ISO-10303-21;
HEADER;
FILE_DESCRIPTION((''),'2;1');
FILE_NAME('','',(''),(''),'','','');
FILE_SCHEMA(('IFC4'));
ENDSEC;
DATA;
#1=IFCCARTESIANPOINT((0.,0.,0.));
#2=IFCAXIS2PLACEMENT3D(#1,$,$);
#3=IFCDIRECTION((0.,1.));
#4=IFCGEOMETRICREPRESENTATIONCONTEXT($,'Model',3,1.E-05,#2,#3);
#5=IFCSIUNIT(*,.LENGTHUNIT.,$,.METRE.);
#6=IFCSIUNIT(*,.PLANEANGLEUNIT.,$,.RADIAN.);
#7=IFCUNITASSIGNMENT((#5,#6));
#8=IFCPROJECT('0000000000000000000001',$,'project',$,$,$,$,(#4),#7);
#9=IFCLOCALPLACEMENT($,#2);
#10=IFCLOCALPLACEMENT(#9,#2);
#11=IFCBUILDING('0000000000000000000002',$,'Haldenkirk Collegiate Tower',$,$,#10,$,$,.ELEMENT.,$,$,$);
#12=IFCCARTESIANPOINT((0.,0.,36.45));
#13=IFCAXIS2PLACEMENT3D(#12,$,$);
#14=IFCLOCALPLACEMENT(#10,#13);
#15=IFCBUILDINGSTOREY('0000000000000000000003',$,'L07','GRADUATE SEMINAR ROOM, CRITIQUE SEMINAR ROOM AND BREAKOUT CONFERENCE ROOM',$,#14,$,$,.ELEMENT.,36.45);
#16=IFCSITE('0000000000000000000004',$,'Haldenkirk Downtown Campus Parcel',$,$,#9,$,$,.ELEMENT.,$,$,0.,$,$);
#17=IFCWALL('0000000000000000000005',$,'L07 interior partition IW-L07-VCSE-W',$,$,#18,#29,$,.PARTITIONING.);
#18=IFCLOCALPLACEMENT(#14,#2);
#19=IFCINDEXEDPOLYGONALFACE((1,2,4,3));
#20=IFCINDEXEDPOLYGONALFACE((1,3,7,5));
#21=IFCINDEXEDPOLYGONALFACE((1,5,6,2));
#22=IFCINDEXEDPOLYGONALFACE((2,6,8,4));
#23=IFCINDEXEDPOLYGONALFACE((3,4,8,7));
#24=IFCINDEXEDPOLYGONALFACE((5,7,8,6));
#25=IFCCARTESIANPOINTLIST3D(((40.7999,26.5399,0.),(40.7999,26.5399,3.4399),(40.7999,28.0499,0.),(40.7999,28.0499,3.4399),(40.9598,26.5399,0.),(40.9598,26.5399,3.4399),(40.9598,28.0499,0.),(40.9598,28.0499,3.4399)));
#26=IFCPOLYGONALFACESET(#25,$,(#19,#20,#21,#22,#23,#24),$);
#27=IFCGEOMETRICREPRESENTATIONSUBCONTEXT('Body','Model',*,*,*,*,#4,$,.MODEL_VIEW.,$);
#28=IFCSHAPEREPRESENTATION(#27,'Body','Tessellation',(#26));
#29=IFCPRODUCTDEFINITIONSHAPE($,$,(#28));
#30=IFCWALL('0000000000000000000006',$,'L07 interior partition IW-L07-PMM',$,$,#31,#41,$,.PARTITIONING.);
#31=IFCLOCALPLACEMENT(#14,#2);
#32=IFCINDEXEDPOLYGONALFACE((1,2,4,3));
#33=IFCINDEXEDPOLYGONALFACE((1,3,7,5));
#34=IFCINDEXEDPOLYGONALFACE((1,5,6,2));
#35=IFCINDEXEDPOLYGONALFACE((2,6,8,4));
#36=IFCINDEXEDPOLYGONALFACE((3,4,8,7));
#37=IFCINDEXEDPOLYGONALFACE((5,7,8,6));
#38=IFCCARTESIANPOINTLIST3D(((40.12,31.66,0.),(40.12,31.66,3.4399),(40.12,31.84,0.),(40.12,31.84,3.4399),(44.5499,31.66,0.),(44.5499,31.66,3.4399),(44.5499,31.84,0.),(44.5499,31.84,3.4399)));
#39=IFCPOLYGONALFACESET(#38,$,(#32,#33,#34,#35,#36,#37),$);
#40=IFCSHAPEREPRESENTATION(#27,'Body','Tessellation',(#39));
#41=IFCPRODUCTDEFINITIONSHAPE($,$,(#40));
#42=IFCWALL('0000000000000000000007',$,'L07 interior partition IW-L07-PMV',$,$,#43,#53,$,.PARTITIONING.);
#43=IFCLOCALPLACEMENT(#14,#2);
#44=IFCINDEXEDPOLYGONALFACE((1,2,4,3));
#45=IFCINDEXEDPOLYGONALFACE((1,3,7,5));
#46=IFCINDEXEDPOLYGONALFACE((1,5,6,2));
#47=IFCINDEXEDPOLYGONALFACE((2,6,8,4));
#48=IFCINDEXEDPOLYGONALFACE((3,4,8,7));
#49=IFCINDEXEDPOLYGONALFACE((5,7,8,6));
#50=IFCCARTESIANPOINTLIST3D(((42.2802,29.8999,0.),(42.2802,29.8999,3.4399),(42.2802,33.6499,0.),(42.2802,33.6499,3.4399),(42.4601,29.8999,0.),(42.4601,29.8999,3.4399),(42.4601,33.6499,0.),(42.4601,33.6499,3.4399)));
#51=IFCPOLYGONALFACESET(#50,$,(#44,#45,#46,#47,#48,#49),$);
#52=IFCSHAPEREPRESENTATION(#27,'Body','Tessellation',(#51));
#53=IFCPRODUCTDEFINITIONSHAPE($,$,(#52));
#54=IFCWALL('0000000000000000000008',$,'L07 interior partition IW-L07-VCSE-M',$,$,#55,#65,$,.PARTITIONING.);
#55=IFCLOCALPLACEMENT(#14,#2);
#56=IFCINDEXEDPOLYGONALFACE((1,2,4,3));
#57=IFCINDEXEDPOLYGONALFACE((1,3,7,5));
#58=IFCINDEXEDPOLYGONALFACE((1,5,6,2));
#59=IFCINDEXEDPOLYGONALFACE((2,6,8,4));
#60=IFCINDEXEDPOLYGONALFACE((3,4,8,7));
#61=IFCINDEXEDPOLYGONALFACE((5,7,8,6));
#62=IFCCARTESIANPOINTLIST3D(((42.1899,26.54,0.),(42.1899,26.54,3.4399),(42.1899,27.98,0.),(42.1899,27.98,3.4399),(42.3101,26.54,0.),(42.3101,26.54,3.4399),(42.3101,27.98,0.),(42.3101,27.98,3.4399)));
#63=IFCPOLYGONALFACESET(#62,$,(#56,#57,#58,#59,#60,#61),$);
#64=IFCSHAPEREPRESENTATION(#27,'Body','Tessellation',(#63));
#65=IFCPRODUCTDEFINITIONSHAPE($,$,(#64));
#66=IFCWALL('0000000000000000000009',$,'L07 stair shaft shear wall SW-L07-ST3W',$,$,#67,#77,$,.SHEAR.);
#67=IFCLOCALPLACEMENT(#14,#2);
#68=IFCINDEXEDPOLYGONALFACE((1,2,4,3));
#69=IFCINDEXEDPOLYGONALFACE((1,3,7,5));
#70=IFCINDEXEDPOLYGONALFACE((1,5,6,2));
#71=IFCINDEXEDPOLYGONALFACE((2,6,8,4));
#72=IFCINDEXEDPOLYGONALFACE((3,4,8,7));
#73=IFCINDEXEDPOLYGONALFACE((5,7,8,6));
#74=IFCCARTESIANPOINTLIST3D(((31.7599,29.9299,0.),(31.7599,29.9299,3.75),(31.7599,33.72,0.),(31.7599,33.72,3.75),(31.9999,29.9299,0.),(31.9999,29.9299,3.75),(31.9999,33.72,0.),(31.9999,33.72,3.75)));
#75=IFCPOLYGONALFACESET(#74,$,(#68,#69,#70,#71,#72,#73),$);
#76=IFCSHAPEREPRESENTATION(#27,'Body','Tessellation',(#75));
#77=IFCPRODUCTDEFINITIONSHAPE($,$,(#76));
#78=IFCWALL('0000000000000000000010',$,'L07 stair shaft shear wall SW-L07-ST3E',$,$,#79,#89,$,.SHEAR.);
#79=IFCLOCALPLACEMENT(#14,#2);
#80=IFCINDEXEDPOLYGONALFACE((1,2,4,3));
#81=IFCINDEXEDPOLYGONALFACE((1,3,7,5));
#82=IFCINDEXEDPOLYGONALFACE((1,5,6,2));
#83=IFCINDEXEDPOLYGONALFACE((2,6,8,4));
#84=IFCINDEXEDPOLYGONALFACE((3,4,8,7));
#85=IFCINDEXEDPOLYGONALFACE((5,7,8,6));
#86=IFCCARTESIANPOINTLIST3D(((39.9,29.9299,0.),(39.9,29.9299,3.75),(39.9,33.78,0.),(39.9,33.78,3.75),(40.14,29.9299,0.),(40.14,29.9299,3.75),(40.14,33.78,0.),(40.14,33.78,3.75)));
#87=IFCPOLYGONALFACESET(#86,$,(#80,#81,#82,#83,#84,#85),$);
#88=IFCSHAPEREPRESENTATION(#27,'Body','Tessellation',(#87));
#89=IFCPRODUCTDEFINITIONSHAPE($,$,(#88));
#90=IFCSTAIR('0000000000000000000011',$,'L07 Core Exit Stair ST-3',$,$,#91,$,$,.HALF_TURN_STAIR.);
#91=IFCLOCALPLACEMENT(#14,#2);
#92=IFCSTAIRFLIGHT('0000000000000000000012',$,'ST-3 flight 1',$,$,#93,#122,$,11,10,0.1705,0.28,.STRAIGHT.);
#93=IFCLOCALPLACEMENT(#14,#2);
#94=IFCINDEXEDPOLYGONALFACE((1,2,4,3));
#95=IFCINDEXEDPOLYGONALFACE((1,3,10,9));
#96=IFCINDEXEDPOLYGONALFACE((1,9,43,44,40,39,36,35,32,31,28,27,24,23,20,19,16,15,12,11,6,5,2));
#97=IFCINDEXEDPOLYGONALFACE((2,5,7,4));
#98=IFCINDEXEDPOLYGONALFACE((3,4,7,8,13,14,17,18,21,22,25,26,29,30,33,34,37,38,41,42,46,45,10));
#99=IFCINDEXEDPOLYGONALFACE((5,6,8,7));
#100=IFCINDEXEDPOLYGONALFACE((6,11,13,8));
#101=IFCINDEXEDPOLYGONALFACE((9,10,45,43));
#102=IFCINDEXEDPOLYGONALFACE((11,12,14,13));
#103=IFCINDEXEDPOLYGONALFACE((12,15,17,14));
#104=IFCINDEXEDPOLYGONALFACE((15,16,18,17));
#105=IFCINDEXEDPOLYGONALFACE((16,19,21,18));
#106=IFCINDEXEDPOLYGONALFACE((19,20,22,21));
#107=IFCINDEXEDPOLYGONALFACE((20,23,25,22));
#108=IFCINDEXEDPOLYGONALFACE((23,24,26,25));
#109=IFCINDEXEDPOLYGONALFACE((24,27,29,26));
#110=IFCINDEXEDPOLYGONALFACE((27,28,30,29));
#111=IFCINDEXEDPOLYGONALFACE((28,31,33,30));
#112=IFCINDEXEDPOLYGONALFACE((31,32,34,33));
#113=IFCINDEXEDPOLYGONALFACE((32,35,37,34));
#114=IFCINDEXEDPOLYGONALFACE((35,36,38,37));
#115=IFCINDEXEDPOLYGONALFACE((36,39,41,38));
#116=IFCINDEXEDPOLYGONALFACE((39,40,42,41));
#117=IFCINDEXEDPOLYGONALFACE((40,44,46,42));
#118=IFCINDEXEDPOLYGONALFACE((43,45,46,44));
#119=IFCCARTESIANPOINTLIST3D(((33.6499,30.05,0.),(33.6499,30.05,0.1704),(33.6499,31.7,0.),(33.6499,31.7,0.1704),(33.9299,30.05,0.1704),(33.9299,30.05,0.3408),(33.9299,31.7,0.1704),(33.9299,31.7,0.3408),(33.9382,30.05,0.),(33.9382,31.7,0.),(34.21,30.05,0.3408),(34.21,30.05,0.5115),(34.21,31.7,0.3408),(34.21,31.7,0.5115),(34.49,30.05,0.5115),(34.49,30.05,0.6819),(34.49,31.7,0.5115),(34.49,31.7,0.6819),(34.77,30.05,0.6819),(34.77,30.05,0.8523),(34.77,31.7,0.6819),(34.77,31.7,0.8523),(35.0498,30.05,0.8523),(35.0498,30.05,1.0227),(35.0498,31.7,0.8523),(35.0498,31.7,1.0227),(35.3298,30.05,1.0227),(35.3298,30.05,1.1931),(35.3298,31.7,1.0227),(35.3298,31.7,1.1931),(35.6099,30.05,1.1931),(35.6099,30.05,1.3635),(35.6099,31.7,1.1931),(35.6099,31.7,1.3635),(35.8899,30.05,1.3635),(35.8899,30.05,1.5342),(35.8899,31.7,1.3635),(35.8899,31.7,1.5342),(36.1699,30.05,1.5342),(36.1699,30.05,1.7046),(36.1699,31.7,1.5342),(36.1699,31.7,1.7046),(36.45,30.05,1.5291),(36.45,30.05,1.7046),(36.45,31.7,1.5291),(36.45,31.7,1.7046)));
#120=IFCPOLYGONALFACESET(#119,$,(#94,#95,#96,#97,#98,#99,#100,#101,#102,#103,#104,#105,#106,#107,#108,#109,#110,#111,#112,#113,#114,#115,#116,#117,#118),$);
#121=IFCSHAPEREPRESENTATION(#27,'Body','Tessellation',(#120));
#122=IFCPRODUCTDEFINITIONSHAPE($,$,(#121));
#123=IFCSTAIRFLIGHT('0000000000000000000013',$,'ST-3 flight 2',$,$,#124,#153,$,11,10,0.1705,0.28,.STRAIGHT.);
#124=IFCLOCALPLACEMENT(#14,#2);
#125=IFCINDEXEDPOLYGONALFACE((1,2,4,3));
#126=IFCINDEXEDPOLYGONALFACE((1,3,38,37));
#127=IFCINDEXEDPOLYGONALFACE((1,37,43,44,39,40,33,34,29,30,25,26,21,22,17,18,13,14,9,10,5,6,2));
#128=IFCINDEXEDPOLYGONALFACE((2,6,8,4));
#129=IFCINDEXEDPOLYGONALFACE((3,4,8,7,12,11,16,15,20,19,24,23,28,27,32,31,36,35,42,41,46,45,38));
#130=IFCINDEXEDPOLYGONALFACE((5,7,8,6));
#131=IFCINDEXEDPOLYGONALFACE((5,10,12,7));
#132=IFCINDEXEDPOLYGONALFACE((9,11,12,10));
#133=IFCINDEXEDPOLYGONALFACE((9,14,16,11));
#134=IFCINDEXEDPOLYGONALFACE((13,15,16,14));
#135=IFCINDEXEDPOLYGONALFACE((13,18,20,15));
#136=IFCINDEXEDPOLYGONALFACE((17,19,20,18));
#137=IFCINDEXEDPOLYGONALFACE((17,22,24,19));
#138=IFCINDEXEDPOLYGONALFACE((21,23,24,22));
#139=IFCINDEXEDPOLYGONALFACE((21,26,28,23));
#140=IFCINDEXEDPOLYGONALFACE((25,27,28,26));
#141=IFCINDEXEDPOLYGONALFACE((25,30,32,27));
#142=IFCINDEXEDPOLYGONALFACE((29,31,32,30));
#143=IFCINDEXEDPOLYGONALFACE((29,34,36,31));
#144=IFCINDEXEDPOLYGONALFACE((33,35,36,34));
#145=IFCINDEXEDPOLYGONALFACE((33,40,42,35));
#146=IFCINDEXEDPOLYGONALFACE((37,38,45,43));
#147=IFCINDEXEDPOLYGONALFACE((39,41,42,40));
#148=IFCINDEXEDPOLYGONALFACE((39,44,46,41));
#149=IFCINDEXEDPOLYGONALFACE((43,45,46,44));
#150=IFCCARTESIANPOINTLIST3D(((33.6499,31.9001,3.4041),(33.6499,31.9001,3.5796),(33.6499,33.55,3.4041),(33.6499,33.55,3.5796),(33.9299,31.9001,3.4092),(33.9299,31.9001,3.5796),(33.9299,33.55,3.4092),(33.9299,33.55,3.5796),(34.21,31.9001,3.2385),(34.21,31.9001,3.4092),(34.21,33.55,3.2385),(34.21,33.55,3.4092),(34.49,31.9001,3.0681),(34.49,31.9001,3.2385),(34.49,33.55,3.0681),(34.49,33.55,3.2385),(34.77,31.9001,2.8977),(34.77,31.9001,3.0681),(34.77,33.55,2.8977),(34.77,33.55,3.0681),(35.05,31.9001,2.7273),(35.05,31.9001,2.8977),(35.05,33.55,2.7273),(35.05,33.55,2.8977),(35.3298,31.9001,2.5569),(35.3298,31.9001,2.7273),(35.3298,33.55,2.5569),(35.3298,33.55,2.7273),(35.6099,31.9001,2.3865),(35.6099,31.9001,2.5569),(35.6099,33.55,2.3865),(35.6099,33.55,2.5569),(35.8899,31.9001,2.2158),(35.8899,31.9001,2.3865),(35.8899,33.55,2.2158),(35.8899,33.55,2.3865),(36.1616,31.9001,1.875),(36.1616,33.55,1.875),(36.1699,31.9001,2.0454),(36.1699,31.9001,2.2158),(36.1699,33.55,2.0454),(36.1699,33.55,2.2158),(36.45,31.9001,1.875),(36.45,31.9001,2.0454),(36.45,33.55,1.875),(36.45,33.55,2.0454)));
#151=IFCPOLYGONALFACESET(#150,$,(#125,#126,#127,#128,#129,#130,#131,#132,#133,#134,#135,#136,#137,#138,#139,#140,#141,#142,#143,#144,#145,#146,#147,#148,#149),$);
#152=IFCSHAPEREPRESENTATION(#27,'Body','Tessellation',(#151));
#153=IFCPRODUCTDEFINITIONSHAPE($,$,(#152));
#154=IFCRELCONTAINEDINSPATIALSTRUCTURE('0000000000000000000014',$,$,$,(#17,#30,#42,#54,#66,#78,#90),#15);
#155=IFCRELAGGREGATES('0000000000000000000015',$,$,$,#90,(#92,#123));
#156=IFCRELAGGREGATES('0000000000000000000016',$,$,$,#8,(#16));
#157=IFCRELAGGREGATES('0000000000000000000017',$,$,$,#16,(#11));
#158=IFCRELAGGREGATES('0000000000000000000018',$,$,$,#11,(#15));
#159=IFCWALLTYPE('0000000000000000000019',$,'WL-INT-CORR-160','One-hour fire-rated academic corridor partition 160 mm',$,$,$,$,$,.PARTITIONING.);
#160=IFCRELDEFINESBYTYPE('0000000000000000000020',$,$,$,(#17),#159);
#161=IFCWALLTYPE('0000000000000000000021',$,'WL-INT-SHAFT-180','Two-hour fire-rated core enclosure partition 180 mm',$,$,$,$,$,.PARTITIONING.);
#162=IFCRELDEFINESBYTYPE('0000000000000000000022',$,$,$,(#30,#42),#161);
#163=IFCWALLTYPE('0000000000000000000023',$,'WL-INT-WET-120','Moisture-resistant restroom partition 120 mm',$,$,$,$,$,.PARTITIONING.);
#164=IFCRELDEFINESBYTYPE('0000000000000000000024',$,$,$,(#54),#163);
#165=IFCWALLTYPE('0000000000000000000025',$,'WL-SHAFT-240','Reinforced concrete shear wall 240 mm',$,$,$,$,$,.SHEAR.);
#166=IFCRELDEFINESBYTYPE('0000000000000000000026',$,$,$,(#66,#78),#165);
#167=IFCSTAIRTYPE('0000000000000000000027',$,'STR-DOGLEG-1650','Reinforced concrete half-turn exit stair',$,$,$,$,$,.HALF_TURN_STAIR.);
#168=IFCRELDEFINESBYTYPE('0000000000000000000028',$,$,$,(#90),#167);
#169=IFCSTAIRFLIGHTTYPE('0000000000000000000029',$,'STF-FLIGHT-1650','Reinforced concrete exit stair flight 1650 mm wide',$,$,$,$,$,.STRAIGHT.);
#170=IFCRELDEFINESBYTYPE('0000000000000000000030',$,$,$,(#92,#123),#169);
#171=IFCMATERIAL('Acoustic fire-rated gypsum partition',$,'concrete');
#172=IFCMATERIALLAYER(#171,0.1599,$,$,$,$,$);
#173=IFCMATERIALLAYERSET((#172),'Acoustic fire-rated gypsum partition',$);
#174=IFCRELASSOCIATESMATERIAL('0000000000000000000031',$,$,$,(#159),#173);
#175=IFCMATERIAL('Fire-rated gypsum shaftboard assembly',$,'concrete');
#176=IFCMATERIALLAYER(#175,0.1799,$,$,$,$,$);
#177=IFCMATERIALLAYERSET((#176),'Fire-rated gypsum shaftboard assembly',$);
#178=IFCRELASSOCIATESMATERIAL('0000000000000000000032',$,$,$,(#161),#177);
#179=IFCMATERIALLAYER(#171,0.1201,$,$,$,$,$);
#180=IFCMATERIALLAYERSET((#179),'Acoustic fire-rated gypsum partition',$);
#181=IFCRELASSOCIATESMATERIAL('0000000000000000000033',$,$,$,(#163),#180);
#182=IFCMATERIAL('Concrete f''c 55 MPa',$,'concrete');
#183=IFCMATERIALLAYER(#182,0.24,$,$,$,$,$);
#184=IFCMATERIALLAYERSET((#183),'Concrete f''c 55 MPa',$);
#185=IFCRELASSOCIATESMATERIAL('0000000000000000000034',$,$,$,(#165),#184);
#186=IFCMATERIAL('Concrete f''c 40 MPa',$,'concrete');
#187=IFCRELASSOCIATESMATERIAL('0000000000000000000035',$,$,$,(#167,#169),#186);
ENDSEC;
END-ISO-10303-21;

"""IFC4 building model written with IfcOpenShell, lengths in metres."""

from ifc_helpers import new_model, si_unit, direction, frame, frame_2d, origin, place, context, subcontext, project, spatial, polyline, rectangle, outline, extrude, material, layer, layer_set, type_object, element, aggregate, save


model = new_model("IFC4")

# Units and contexts
model_context = context("Model", 3, precision=1e-05, world=origin(), true_north=direction((0.0, 1.0)))
body_context = subcontext(model_context, "Body", "Model", "MODEL_VIEW")
ifc_project = project(units=[si_unit("LENGTHUNIT", "METRE"), si_unit("PLANEANGLEUNIT", "RADIAN")], contexts=[model_context])

# Site, building, storey
site_placement = place(None, origin())
site = spatial("IfcSite", under=ifc_project, at=site_placement, Name="Haldenkirk Downtown Campus Parcel", CompositionType="ELEMENT", RefElevation=0.0)
building_placement = place(site_placement, origin())
building = spatial("IfcBuilding", under=site, at=building_placement, Name="Haldenkirk Collegiate Tower", CompositionType="ELEMENT")
storey_placement = place(building_placement, frame((0.0, 0.0, 36.45)))
storey = spatial("IfcBuildingStorey", under=building, at=storey_placement, Name="L07", Description="GRADUATE SEMINAR ROOM, CRITIQUE SEMINAR ROOM AND BREAKOUT CONFERENCE ROOM", CompositionType="ELEMENT", Elevation=36.45)

# Shared definitions
ifc_material_1 = material(Name="Acoustic fire-rated gypsum partition", Category="concrete")
ifc_layer_1 = layer(ifc_material_1, 0.1599)
ifc_layer_set_1 = layer_set([ifc_layer_1], Name="Acoustic fire-rated gypsum partition")
wall_type_1 = type_object("IfcWallType", Name="WL-INT-CORR-160", Description="One-hour fire-rated academic corridor partition 160 mm", PredefinedType="PARTITIONING", material=ifc_layer_set_1)

# Wall
wall_1_placement = place(storey_placement, frame((40.8799, 26.54, 0.0), z_axis=(0.0, 0.0, 1.0), x_axis=(0.0, 1.0, 0.0)))
element("IfcWall", 1, at=wall_1_placement, inside=storey, type_object=wall_type_1, Name="L07 interior partition IW-L07-VCSE-W", PredefinedType="PARTITIONING", context=body_context, shape_type="SweptSolid", body=[
    extrude(rectangle(XDim=1.51, YDim=0.1599, at=frame_2d((0.7549, 0.0))), origin(), (0.0, 0.0, 1.0), 3.4399),
])

# Shared definitions
ifc_material_2 = material(Name="Fire-rated gypsum shaftboard assembly", Category="concrete")
ifc_layer_2 = layer(ifc_material_2, 0.1799)
ifc_layer_set_2 = layer_set([ifc_layer_2], Name="Fire-rated gypsum shaftboard assembly")
wall_type_2 = type_object("IfcWallType", Name="WL-INT-SHAFT-180", Description="Two-hour fire-rated core enclosure partition 180 mm", PredefinedType="PARTITIONING", material=ifc_layer_set_2)

# Walls
wall_2_placement = place(storey_placement, frame((40.1201, 31.75, 0.0), z_axis=(0.0, 0.0, 1.0), x_axis=(1.0, 0.0, 0.0)))
element("IfcWall", 2, at=wall_2_placement, inside=storey, type_object=wall_type_2, Name="L07 interior partition IW-L07-PMM", PredefinedType="PARTITIONING", context=body_context, shape_type="SweptSolid", body=[
    extrude(rectangle(XDim=4.4299, YDim=0.1799, at=frame_2d((2.2148, 0.0))), origin(), (0.0, 0.0, 1.0), 3.4399),
])
wall_3_placement = place(storey_placement, frame((42.3701, 29.8999, 0.0), z_axis=(0.0, 0.0, 1.0), x_axis=(0.0, 1.0, 0.0)))
element("IfcWall", 3, at=wall_3_placement, inside=storey, type_object=wall_type_2, Name="L07 interior partition IW-L07-PMV", PredefinedType="PARTITIONING", context=body_context, shape_type="SweptSolid", body=[
    extrude(rectangle(XDim=3.75, YDim=0.1799, at=frame_2d((1.875, 0.0))), origin(), (0.0, 0.0, 1.0), 3.4399),
])
ifc_layer_3 = layer(ifc_material_1, 0.1201)
ifc_layer_set_3 = layer_set([ifc_layer_3], Name="Acoustic fire-rated gypsum partition")
wall_type_3 = type_object("IfcWallType", Name="WL-INT-WET-120", Description="Moisture-resistant restroom partition 120 mm", PredefinedType="PARTITIONING", material=ifc_layer_set_3)
wall_4_placement = place(storey_placement, frame((42.25, 26.54, 0.0), z_axis=(0.0, 0.0, 1.0), x_axis=(0.0, 1.0, 0.0)))
element("IfcWall", 4, at=wall_4_placement, inside=storey, type_object=wall_type_3, Name="L07 interior partition IW-L07-VCSE-M", PredefinedType="PARTITIONING", context=body_context, shape_type="SweptSolid", body=[
    extrude(rectangle(XDim=1.4399, YDim=0.1201, at=frame_2d((0.72, 0.0))), origin(), (0.0, 0.0, 1.0), 3.4399),
])
ifc_material_3 = material(Name="Concrete f'c 55 MPa", Category="concrete")
ifc_layer_4 = layer(ifc_material_3, 0.24)
ifc_layer_set_4 = layer_set([ifc_layer_4], Name="Concrete f'c 55 MPa")
wall_type_4 = type_object("IfcWallType", Name="WL-SHAFT-240", Description="Reinforced concrete shear wall 240 mm", PredefinedType="SHEAR", material=ifc_layer_set_4)
wall_5_placement = place(storey_placement, frame((31.8799, 29.9299, 0.0), z_axis=(0.0, 0.0, 1.0), x_axis=(0.0, 1.0, 0.0)))
element("IfcWall", 5, at=wall_5_placement, inside=storey, type_object=wall_type_4, Name="L07 stair shaft shear wall SW-L07-ST3W", PredefinedType="SHEAR", context=body_context, shape_type="SweptSolid", body=[
    extrude(rectangle(XDim=3.79, YDim=0.24, at=frame_2d((1.895, 0.0))), origin(), (0.0, 0.0, 1.0), 3.75),
])
wall_6_placement = place(storey_placement, frame((40.02, 29.9299, 0.0), z_axis=(0.0, 0.0, 1.0), x_axis=(0.0, 1.0, 0.0)))
element("IfcWall", 6, at=wall_6_placement, inside=storey, type_object=wall_type_4, Name="L07 stair shaft shear wall SW-L07-ST3E", PredefinedType="SHEAR", context=body_context, shape_type="SweptSolid", body=[
    extrude(rectangle(XDim=3.8501, YDim=0.24, at=frame_2d((1.925, 0.0))), origin(), (0.0, 0.0, 1.0), 3.75),
])

# Stair, stair flights
ifc_material_4 = material(Name="Concrete f'c 40 MPa", Category="concrete")
stair_type = type_object("IfcStairType", Name="STR-DOGLEG-1650", Description="Reinforced concrete half-turn exit stair", PredefinedType="HALF_TURN_STAIR", material=ifc_material_4)
stair_placement = place(storey_placement, origin())
stair = element("IfcStair", 7, at=stair_placement, inside=storey, type_object=stair_type, Name="L07 Core Exit Stair ST-3", PredefinedType="HALF_TURN_STAIR")
stair_flight_type = type_object("IfcStairFlightType", Name="STF-FLIGHT-1650", Description="Reinforced concrete exit stair flight 1650 mm wide", PredefinedType="STRAIGHT", material=ifc_material_4)
stair_flight_1_placement = place(storey_placement, frame((33.6499, 30.875, 0.0), z_axis=(0.0, 0.0, 1.0), x_axis=(1.0, 0.0, 0.0)))
stair_flight_1 = element("IfcStairFlight", 8, at=stair_flight_1_placement, type_object=stair_flight_type, Name="ST-3 flight 1", NumberOfRisers=11, NumberOfTreads=10, PredefinedType="STRAIGHT", RiserHeight=0.1705, TreadLength=0.28, context=body_context, shape_type="SweptSolid", body=[
    extrude(outline(polyline([(0.0, 0.0), (0.0, 0.1704), (0.28, 0.1704), (0.28, 0.3408), (0.5601, 0.3408), (0.5601, 0.5115), (0.8401, 0.5115), (0.8401, 0.6819), (1.1201, 0.6819), (1.1201, 0.8523), (1.3999, 0.8523), (1.3999, 1.0227), (1.6799, 1.0227), (1.6799, 1.1931), (1.96, 1.1931), (1.96, 1.3635), (2.24, 1.3635), (2.24, 1.5342), (2.52, 1.5342), (2.52, 1.7046), (2.8, 1.7046), (2.8, 1.875), (2.8, 1.5291), (0.2883, 0.0), (0.0, 0.0)])), frame((0.0, 0.825, 0.0), z_axis=(0.0, -1.0, 0.0), x_axis=(1.0, 0.0, 0.0)), (0.0, 0.0, 1.0), 1.6499),
])
stair_flight_2_placement = place(storey_placement, frame((36.45, 32.7251, 1.875), z_axis=(0.0, 0.0, 1.0), x_axis=(-1.0, 0.0, 0.0)))
stair_flight_2 = element("IfcStairFlight", 9, at=stair_flight_2_placement, type_object=stair_flight_type, Name="ST-3 flight 2", NumberOfRisers=11, NumberOfTreads=10, PredefinedType="STRAIGHT", RiserHeight=0.1705, TreadLength=0.28, context=body_context, shape_type="SweptSolid", body=[
    extrude(outline(polyline([(0.0, 0.0), (0.0, 0.1704), (0.28, 0.1704), (0.28, 0.3408), (0.5601, 0.3408), (0.5601, 0.5115), (0.8401, 0.5115), (0.8401, 0.6819), (1.1201, 0.6819), (1.1201, 0.8523), (1.3999, 0.8523), (1.3999, 1.0227), (1.6799, 1.0227), (1.6799, 1.1931), (1.96, 1.1931), (1.96, 1.3635), (2.24, 1.3635), (2.24, 1.5342), (2.52, 1.5342), (2.52, 1.7046), (2.8, 1.7046), (2.8, 1.875), (2.8, 1.5291), (0.2883, 0.0), (0.0, 0.0)])), frame((0.0, 0.825, 0.0), z_axis=(0.0, -1.0, 0.0), x_axis=(1.0, 0.0, 0.0)), (0.0, 0.0, 1.0), 1.6499),
])
aggregate(stair, [stair_flight_1, stair_flight_2])

save(model, "model.ifc")
